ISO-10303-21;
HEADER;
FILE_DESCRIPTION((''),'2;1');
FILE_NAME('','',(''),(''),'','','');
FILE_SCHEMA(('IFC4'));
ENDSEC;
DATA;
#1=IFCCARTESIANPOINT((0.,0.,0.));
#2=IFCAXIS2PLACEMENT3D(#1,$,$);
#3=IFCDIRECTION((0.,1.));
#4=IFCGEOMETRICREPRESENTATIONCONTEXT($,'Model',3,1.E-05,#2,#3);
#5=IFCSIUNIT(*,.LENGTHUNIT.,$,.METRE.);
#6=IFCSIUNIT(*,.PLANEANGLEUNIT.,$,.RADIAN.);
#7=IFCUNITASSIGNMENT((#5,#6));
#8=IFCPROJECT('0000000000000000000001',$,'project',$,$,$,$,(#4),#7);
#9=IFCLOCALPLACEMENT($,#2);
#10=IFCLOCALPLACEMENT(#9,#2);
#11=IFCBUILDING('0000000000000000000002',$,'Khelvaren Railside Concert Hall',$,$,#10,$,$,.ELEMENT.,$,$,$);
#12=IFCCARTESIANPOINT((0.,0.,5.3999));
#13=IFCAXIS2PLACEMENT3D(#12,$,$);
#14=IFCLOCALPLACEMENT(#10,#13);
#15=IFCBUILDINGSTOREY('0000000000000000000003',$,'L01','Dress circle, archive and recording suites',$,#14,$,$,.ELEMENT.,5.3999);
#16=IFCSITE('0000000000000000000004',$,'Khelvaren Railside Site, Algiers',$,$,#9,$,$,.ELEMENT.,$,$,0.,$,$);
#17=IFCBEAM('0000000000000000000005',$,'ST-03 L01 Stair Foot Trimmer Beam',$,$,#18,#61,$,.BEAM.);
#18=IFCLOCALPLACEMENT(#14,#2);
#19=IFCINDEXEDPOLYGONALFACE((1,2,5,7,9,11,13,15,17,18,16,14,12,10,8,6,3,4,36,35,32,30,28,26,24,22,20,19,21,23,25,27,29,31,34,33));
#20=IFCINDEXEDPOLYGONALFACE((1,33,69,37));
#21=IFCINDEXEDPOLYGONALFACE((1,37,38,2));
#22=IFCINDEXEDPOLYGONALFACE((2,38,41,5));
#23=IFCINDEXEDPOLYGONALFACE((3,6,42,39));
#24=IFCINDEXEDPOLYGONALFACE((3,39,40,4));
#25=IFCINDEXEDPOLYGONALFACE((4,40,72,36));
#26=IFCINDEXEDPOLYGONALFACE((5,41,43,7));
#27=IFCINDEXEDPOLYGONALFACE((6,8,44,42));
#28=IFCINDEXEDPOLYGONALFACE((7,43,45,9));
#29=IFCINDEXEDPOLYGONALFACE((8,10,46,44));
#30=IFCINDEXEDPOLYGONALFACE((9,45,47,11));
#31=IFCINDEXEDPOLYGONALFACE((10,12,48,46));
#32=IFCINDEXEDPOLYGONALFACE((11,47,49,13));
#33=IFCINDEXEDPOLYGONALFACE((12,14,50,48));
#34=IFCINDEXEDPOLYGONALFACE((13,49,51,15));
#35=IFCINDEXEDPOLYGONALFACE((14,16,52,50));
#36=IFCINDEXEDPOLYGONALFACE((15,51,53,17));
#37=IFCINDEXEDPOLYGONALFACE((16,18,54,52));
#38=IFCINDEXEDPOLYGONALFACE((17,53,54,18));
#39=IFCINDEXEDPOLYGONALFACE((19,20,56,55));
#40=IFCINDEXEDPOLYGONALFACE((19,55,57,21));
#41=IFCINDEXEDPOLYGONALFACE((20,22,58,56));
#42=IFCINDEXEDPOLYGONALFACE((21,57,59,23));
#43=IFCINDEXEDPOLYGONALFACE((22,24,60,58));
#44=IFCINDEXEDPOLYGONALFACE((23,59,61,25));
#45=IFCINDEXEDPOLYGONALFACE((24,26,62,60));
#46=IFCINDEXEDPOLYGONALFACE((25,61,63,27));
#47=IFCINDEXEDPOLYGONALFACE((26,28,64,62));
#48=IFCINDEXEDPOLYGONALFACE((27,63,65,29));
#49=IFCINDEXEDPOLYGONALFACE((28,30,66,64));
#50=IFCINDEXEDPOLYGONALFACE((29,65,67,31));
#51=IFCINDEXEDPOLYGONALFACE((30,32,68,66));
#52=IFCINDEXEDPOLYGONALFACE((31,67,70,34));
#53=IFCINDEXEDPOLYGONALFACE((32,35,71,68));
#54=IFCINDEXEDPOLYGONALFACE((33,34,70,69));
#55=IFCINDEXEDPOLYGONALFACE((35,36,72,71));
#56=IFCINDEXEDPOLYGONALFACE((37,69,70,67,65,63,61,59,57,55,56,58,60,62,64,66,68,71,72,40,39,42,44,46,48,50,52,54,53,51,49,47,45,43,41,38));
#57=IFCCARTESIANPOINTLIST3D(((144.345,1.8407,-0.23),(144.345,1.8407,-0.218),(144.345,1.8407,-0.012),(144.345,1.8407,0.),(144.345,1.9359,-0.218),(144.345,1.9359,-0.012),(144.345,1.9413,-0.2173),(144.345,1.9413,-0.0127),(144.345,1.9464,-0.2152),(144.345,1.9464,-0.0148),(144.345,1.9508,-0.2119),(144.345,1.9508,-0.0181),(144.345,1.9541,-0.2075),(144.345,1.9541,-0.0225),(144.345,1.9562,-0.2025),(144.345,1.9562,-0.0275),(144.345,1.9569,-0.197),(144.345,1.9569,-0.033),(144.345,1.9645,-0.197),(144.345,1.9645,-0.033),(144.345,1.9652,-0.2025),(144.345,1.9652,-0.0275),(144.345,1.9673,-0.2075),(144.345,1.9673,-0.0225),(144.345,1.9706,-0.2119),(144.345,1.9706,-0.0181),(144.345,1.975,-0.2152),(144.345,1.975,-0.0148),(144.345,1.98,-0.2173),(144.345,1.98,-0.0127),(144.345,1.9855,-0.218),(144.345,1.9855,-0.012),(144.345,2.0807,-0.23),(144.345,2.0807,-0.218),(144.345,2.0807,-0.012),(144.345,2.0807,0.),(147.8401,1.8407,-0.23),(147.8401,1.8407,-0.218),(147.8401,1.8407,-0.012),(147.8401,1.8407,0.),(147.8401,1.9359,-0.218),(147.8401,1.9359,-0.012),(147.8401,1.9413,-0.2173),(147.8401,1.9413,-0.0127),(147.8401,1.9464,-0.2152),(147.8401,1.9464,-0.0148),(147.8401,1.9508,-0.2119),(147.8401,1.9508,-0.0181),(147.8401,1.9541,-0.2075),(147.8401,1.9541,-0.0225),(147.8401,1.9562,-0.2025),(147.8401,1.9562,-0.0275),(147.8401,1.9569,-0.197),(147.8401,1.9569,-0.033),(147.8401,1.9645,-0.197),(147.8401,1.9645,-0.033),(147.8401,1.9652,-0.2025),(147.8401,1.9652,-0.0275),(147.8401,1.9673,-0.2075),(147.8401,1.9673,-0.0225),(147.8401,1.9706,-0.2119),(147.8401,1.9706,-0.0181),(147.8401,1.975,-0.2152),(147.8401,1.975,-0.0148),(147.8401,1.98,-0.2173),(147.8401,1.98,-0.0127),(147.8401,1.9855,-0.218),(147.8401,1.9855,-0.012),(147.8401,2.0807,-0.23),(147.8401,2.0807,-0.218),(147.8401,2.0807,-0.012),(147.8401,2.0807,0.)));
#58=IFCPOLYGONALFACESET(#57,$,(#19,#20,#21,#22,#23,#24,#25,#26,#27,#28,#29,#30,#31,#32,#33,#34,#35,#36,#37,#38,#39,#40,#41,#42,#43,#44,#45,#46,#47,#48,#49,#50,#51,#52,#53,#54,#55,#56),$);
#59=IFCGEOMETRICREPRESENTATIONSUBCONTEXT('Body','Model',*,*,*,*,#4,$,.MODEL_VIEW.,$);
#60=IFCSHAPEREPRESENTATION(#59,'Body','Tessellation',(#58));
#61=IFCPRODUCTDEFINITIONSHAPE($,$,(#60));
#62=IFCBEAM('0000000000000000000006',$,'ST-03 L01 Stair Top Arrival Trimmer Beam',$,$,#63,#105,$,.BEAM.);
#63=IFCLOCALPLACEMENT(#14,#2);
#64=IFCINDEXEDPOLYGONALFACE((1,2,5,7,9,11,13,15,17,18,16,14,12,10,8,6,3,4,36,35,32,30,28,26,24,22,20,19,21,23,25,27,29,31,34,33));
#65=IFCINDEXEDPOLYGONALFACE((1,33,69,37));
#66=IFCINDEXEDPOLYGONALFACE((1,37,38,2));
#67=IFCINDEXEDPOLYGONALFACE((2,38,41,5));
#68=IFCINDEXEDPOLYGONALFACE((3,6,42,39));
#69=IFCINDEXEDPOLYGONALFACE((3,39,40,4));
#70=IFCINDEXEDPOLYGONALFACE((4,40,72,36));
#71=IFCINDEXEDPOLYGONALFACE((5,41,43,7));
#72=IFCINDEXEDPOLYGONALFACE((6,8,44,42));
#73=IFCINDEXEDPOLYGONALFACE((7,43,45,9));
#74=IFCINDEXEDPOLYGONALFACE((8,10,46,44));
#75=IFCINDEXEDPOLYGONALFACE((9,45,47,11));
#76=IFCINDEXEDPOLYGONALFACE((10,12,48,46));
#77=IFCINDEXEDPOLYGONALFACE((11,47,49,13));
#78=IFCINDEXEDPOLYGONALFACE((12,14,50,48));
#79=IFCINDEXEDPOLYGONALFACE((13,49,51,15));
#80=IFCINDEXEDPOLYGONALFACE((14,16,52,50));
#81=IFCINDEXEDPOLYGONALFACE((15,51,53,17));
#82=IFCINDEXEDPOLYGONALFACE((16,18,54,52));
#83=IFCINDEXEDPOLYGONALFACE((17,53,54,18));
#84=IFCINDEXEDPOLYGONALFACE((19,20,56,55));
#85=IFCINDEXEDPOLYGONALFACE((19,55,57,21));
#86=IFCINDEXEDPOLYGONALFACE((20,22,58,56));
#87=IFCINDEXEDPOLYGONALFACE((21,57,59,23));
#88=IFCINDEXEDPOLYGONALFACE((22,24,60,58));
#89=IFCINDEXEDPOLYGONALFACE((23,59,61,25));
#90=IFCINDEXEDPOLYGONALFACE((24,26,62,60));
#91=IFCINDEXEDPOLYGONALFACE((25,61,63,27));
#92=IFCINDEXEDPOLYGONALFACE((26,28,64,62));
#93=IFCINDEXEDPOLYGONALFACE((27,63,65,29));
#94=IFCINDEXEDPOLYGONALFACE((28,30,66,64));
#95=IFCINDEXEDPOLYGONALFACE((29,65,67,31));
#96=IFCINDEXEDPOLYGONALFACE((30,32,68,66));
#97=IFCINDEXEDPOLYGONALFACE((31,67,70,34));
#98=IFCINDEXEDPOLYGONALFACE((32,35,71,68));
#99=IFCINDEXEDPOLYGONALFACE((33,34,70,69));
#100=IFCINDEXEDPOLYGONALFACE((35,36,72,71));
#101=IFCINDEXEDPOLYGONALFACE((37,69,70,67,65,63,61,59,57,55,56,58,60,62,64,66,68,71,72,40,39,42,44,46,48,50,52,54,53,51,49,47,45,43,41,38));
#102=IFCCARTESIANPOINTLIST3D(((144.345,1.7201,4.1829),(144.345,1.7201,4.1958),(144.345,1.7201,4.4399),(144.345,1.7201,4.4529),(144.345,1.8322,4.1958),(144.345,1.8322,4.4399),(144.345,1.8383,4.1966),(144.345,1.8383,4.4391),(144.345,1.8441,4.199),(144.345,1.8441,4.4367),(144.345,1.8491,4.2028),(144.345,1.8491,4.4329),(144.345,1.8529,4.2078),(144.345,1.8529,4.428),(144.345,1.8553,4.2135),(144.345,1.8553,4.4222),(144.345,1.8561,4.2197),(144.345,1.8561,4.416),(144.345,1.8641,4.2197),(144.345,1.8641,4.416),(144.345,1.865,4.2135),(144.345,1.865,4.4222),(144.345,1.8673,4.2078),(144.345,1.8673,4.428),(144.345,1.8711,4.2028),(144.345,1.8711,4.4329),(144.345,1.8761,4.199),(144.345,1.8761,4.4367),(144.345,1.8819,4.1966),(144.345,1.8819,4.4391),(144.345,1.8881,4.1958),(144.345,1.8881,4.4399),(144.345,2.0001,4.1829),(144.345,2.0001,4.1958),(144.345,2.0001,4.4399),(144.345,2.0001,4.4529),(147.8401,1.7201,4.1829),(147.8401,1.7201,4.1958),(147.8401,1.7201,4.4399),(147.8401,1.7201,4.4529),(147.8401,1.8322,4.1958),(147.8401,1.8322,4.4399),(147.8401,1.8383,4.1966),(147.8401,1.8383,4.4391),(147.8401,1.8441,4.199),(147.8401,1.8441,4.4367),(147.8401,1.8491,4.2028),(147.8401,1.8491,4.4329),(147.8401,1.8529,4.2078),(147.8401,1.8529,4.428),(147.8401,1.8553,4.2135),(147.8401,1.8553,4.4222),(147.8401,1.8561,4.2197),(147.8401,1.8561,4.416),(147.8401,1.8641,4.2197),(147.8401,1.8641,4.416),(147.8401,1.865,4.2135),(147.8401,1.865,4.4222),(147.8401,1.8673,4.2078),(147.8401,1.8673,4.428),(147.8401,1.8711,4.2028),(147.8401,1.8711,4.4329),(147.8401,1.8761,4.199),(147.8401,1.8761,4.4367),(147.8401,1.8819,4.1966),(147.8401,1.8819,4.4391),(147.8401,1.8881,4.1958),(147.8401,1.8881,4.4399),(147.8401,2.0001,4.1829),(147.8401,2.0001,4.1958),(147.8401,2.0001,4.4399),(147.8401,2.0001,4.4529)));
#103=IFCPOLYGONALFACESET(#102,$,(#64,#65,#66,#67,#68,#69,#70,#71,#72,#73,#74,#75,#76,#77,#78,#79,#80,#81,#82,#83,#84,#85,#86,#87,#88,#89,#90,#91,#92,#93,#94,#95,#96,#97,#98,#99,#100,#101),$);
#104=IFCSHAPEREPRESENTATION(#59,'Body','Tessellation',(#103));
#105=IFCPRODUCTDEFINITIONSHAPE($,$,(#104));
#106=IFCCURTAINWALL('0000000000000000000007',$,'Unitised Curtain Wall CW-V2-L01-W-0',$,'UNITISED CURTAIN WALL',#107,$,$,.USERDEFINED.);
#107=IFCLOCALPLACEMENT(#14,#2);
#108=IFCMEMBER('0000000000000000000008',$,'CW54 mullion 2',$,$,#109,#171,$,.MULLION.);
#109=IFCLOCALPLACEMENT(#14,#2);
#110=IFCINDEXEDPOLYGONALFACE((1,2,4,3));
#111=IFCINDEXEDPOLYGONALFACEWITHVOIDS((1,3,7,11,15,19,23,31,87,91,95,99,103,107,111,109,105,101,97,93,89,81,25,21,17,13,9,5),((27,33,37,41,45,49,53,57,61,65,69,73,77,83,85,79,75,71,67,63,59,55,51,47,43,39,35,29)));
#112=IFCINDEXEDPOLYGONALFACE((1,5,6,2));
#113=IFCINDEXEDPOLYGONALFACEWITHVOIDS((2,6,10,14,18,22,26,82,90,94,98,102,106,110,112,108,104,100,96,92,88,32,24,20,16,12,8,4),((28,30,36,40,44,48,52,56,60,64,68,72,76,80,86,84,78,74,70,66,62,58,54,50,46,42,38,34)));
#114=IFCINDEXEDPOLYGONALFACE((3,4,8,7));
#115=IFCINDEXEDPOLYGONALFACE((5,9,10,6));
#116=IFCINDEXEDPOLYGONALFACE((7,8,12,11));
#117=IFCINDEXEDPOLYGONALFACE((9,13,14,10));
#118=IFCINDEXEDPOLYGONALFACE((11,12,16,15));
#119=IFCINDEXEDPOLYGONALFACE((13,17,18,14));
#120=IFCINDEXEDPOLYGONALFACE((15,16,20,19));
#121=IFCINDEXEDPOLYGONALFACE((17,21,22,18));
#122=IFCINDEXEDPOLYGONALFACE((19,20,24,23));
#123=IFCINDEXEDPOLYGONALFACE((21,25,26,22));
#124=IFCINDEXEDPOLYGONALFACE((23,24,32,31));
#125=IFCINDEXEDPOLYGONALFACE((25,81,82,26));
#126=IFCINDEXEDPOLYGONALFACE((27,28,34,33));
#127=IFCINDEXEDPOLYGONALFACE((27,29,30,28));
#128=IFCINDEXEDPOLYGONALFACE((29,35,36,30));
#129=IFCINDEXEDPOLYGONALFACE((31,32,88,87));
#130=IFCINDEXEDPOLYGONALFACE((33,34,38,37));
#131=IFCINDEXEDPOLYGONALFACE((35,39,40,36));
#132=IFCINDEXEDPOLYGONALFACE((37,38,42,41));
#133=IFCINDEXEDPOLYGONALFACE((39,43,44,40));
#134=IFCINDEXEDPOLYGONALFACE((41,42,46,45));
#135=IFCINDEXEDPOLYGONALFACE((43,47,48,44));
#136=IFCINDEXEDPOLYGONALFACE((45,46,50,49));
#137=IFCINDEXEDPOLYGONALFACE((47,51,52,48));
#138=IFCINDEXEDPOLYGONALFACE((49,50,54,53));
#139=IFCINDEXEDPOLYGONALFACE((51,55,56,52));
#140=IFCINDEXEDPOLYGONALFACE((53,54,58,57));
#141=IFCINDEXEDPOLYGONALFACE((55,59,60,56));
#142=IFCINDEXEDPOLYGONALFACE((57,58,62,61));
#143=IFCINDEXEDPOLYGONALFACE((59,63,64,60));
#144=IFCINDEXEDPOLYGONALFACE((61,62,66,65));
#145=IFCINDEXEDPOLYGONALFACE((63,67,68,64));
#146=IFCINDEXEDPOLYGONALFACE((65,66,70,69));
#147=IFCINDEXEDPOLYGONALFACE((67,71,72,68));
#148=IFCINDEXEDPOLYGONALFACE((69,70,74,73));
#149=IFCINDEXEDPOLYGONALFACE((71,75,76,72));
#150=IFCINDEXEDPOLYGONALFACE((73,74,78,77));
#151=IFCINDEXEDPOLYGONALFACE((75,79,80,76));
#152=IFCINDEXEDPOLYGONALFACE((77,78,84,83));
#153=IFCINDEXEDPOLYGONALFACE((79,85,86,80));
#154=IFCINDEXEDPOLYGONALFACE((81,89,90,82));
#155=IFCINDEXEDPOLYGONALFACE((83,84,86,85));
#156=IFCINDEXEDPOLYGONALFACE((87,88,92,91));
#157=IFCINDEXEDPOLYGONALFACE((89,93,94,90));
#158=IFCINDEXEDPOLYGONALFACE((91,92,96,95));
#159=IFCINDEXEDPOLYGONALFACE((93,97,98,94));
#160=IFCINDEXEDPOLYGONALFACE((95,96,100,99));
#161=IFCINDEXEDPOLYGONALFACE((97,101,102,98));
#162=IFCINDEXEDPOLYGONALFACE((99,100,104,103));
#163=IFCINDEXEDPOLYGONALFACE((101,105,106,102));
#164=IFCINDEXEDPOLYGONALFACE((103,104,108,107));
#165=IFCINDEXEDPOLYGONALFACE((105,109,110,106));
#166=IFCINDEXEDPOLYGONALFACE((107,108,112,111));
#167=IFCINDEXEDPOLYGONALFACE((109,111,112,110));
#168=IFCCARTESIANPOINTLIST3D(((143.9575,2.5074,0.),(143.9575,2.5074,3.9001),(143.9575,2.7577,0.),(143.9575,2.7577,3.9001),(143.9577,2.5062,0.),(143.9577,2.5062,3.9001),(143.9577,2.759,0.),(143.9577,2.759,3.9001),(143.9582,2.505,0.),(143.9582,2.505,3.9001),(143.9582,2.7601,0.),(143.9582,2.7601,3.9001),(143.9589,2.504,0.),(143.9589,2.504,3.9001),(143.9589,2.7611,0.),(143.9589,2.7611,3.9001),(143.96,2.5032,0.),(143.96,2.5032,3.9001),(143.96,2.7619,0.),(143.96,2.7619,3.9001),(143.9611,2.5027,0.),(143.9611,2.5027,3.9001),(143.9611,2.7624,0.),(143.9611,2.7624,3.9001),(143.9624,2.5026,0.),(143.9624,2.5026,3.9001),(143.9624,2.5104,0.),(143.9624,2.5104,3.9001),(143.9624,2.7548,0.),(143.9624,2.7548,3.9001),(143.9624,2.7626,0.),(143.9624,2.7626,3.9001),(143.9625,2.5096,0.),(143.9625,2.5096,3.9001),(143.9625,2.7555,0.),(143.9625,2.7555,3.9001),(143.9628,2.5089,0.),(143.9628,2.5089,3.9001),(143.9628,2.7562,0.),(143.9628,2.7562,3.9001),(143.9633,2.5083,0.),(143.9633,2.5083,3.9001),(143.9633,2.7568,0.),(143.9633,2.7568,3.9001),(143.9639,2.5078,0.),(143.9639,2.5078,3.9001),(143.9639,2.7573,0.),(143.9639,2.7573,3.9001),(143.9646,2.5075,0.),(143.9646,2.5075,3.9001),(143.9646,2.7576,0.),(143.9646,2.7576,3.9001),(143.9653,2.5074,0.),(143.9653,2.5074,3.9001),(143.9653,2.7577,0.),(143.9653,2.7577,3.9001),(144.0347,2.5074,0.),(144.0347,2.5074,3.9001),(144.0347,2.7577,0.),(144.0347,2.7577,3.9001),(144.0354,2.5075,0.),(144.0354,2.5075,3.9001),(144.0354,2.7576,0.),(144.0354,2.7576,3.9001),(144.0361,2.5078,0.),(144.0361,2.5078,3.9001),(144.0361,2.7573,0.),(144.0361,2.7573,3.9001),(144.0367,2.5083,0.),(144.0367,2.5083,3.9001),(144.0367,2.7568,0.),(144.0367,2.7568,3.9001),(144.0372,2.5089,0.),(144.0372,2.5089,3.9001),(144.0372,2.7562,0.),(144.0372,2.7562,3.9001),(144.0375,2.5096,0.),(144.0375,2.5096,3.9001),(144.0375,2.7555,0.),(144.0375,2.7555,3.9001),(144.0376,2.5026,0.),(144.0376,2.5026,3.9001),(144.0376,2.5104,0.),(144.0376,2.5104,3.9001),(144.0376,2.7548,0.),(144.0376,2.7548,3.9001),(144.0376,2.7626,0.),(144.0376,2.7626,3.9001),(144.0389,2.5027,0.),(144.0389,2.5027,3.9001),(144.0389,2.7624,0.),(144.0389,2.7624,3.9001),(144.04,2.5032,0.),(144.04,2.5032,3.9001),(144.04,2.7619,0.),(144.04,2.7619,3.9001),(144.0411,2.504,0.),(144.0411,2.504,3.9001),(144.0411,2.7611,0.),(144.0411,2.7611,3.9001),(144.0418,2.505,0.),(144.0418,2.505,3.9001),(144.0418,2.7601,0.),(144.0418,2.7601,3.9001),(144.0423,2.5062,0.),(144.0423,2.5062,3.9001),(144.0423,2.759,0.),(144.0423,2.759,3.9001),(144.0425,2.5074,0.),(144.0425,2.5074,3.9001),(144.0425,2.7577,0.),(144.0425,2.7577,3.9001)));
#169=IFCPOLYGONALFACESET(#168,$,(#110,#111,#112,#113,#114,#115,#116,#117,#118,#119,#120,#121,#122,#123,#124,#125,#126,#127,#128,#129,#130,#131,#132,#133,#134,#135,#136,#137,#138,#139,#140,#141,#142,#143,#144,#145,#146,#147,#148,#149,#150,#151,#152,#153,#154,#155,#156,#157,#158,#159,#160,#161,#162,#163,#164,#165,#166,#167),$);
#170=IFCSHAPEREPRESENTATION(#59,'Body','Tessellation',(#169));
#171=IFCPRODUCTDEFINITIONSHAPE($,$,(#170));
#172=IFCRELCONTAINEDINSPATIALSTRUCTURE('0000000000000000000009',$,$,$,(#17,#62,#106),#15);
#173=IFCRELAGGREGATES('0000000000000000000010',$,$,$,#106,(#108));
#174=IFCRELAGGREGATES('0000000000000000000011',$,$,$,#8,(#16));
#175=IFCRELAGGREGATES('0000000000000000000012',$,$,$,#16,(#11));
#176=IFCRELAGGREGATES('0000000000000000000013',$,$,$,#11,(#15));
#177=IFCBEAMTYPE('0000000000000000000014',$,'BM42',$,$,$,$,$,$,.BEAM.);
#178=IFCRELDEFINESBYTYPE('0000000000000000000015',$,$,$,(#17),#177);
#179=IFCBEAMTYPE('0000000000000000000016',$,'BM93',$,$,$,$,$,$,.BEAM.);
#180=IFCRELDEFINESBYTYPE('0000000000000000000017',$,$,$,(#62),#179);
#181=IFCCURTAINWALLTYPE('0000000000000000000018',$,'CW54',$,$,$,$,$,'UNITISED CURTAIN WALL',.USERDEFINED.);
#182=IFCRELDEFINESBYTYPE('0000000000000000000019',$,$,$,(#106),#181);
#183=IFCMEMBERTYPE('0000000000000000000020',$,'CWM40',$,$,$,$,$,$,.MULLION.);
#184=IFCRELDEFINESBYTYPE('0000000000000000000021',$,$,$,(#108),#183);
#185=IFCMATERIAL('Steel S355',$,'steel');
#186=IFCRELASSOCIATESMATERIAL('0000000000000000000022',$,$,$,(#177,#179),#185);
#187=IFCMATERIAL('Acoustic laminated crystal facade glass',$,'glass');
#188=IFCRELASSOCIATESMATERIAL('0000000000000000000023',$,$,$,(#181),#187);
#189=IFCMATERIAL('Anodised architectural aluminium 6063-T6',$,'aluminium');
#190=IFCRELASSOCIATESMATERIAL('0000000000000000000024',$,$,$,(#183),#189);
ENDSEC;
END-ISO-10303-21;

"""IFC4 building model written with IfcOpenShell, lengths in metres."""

from ifc_helpers import new_model, si_unit, direction, frame, origin, origin_2d, place, context, subcontext, project, spatial, hollow_rectangle, i_section, extrude, material, material_profile, profile_set, type_object, element, aggregate, save


model = new_model("IFC4")

# Units and contexts
model_context = context("Model", 3, precision=1e-05, world=origin(), true_north=direction((0.0, 1.0)))
body_context = subcontext(model_context, "Body", "Model", "MODEL_VIEW")
ifc_project = project(units=[si_unit("LENGTHUNIT", "METRE"), si_unit("PLANEANGLEUNIT", "RADIAN")], contexts=[model_context])

# Site, building, storey
site_placement = place(None, origin())
site = spatial("IfcSite", under=ifc_project, at=site_placement, Name="Khelvaren Railside Site, Algiers", CompositionType="ELEMENT", RefElevation=0.0)
building_placement = place(site_placement, origin())
building = spatial("IfcBuilding", under=site, at=building_placement, Name="Khelvaren Railside Concert Hall", CompositionType="ELEMENT")
storey_placement = place(building_placement, frame((0.0, 0.0, 5.3999)))
storey = spatial("IfcBuildingStorey", under=building, at=storey_placement, Name="L01", Description="Dress circle, archive and recording suites", CompositionType="ELEMENT", Elevation=5.3999)

# Beams
ifc_material_1 = material(Name="Steel S355", Category="steel")
ifc_material_profile_1 = material_profile(ifc_material_1, i_section(OverallWidth=0.24, OverallDepth=0.23, WebThickness=0.0076, FlangeThickness=0.012, FilletRadius=0.021, at=origin_2d()), Name="HEA 240")
ifc_profile_set_1 = profile_set([ifc_material_profile_1], Name="Steel S355")
beam_type_1 = type_object("IfcBeamType", Name="BM42", PredefinedType="BEAM", material=ifc_profile_set_1)
beam_1_placement = place(storey_placement, frame((144.345, 1.9607, -0.115), z_axis=(1.0, 0.0, 0.0), x_axis=(0.0, 1.0, 0.0)))
element("IfcBeam", 1, at=beam_1_placement, inside=storey, type_object=beam_type_1, Name="ST-03 L01 Stair Foot Trimmer Beam", PredefinedType="BEAM", context=body_context, shape_type="SweptSolid", body=[
    extrude(i_section(OverallWidth=0.24, OverallDepth=0.23, WebThickness=0.0076, FlangeThickness=0.012, FilletRadius=0.021, at=origin_2d()), origin(), (0.0, 0.0, 1.0), 3.4951),
])
ifc_material_profile_2 = material_profile(ifc_material_1, i_section(OverallWidth=0.28, OverallDepth=0.27, WebThickness=0.0081, FlangeThickness=0.0129, FilletRadius=0.0239, at=origin_2d()), Name="HEA 280")
ifc_profile_set_2 = profile_set([ifc_material_profile_2], Name="Steel S355")
beam_type_2 = type_object("IfcBeamType", Name="BM93", PredefinedType="BEAM", material=ifc_profile_set_2)
beam_2_placement = place(storey_placement, frame((144.345, 1.8601, 4.3179), z_axis=(1.0, 0.0, 0.0), x_axis=(0.0, 1.0, 0.0)))
element("IfcBeam", 2, at=beam_2_placement, inside=storey, type_object=beam_type_2, Name="ST-03 L01 Stair Top Arrival Trimmer Beam", PredefinedType="BEAM", context=body_context, shape_type="SweptSolid", body=[
    extrude(i_section(OverallWidth=0.28, OverallDepth=0.27, WebThickness=0.0081, FlangeThickness=0.0129, FilletRadius=0.0239, at=origin_2d()), origin(), (0.0, 0.0, 1.0), 3.4951),
])

# Curtain wall, member
ifc_material_2 = material(Name="Acoustic laminated crystal facade glass", Category="glass")
curtain_wall_type = type_object("IfcCurtainWallType", Name="CW54", ElementType="UNITISED CURTAIN WALL", PredefinedType="USERDEFINED", material=ifc_material_2)
curtain_wall_placement = place(storey_placement, origin())
curtain_wall = element("IfcCurtainWall", 3, at=curtain_wall_placement, inside=storey, type_object=curtain_wall_type, Name="Unitised Curtain Wall CW-V2-L01-W-0", ObjectType="UNITISED CURTAIN WALL", PredefinedType="USERDEFINED")
ifc_material_3 = material(Name="Anodised architectural aluminium 6063-T6", Category="aluminium")
ifc_material_profile_3 = material_profile(ifc_material_3, hollow_rectangle(XDim=0.085, YDim=0.26, WallThickness=0.0049, InnerFilletRadius=0.0029, OuterFilletRadius=0.0049, at=origin_2d()), Name="CWM 85x260x5")
ifc_profile_set_3 = profile_set([ifc_material_profile_3], Name="Anodised architectural aluminium 6063-T6")
member_type_1 = type_object("IfcMemberType", Name="CWM40", PredefinedType="MULLION", material=ifc_profile_set_3)
member_1_placement = place(storey_placement, frame((144.0, 2.6326, 0.0), z_axis=(0.0, 0.0, 1.0), x_axis=(-1.0, 0.0, 0.0)))
member_1 = element("IfcMember", 4, at=member_1_placement, type_object=member_type_1, Name="CW54 mullion 2", PredefinedType="MULLION", context=body_context, shape_type="SweptSolid", body=[
    extrude(hollow_rectangle(XDim=0.085, YDim=0.26, WallThickness=0.0049, InnerFilletRadius=0.0029, OuterFilletRadius=0.0049, at=origin_2d()), origin(), (0.0, 0.0, 1.0), 3.9001),
])

aggregate(curtain_wall, [member_1])

save(model, "model.ifc")
